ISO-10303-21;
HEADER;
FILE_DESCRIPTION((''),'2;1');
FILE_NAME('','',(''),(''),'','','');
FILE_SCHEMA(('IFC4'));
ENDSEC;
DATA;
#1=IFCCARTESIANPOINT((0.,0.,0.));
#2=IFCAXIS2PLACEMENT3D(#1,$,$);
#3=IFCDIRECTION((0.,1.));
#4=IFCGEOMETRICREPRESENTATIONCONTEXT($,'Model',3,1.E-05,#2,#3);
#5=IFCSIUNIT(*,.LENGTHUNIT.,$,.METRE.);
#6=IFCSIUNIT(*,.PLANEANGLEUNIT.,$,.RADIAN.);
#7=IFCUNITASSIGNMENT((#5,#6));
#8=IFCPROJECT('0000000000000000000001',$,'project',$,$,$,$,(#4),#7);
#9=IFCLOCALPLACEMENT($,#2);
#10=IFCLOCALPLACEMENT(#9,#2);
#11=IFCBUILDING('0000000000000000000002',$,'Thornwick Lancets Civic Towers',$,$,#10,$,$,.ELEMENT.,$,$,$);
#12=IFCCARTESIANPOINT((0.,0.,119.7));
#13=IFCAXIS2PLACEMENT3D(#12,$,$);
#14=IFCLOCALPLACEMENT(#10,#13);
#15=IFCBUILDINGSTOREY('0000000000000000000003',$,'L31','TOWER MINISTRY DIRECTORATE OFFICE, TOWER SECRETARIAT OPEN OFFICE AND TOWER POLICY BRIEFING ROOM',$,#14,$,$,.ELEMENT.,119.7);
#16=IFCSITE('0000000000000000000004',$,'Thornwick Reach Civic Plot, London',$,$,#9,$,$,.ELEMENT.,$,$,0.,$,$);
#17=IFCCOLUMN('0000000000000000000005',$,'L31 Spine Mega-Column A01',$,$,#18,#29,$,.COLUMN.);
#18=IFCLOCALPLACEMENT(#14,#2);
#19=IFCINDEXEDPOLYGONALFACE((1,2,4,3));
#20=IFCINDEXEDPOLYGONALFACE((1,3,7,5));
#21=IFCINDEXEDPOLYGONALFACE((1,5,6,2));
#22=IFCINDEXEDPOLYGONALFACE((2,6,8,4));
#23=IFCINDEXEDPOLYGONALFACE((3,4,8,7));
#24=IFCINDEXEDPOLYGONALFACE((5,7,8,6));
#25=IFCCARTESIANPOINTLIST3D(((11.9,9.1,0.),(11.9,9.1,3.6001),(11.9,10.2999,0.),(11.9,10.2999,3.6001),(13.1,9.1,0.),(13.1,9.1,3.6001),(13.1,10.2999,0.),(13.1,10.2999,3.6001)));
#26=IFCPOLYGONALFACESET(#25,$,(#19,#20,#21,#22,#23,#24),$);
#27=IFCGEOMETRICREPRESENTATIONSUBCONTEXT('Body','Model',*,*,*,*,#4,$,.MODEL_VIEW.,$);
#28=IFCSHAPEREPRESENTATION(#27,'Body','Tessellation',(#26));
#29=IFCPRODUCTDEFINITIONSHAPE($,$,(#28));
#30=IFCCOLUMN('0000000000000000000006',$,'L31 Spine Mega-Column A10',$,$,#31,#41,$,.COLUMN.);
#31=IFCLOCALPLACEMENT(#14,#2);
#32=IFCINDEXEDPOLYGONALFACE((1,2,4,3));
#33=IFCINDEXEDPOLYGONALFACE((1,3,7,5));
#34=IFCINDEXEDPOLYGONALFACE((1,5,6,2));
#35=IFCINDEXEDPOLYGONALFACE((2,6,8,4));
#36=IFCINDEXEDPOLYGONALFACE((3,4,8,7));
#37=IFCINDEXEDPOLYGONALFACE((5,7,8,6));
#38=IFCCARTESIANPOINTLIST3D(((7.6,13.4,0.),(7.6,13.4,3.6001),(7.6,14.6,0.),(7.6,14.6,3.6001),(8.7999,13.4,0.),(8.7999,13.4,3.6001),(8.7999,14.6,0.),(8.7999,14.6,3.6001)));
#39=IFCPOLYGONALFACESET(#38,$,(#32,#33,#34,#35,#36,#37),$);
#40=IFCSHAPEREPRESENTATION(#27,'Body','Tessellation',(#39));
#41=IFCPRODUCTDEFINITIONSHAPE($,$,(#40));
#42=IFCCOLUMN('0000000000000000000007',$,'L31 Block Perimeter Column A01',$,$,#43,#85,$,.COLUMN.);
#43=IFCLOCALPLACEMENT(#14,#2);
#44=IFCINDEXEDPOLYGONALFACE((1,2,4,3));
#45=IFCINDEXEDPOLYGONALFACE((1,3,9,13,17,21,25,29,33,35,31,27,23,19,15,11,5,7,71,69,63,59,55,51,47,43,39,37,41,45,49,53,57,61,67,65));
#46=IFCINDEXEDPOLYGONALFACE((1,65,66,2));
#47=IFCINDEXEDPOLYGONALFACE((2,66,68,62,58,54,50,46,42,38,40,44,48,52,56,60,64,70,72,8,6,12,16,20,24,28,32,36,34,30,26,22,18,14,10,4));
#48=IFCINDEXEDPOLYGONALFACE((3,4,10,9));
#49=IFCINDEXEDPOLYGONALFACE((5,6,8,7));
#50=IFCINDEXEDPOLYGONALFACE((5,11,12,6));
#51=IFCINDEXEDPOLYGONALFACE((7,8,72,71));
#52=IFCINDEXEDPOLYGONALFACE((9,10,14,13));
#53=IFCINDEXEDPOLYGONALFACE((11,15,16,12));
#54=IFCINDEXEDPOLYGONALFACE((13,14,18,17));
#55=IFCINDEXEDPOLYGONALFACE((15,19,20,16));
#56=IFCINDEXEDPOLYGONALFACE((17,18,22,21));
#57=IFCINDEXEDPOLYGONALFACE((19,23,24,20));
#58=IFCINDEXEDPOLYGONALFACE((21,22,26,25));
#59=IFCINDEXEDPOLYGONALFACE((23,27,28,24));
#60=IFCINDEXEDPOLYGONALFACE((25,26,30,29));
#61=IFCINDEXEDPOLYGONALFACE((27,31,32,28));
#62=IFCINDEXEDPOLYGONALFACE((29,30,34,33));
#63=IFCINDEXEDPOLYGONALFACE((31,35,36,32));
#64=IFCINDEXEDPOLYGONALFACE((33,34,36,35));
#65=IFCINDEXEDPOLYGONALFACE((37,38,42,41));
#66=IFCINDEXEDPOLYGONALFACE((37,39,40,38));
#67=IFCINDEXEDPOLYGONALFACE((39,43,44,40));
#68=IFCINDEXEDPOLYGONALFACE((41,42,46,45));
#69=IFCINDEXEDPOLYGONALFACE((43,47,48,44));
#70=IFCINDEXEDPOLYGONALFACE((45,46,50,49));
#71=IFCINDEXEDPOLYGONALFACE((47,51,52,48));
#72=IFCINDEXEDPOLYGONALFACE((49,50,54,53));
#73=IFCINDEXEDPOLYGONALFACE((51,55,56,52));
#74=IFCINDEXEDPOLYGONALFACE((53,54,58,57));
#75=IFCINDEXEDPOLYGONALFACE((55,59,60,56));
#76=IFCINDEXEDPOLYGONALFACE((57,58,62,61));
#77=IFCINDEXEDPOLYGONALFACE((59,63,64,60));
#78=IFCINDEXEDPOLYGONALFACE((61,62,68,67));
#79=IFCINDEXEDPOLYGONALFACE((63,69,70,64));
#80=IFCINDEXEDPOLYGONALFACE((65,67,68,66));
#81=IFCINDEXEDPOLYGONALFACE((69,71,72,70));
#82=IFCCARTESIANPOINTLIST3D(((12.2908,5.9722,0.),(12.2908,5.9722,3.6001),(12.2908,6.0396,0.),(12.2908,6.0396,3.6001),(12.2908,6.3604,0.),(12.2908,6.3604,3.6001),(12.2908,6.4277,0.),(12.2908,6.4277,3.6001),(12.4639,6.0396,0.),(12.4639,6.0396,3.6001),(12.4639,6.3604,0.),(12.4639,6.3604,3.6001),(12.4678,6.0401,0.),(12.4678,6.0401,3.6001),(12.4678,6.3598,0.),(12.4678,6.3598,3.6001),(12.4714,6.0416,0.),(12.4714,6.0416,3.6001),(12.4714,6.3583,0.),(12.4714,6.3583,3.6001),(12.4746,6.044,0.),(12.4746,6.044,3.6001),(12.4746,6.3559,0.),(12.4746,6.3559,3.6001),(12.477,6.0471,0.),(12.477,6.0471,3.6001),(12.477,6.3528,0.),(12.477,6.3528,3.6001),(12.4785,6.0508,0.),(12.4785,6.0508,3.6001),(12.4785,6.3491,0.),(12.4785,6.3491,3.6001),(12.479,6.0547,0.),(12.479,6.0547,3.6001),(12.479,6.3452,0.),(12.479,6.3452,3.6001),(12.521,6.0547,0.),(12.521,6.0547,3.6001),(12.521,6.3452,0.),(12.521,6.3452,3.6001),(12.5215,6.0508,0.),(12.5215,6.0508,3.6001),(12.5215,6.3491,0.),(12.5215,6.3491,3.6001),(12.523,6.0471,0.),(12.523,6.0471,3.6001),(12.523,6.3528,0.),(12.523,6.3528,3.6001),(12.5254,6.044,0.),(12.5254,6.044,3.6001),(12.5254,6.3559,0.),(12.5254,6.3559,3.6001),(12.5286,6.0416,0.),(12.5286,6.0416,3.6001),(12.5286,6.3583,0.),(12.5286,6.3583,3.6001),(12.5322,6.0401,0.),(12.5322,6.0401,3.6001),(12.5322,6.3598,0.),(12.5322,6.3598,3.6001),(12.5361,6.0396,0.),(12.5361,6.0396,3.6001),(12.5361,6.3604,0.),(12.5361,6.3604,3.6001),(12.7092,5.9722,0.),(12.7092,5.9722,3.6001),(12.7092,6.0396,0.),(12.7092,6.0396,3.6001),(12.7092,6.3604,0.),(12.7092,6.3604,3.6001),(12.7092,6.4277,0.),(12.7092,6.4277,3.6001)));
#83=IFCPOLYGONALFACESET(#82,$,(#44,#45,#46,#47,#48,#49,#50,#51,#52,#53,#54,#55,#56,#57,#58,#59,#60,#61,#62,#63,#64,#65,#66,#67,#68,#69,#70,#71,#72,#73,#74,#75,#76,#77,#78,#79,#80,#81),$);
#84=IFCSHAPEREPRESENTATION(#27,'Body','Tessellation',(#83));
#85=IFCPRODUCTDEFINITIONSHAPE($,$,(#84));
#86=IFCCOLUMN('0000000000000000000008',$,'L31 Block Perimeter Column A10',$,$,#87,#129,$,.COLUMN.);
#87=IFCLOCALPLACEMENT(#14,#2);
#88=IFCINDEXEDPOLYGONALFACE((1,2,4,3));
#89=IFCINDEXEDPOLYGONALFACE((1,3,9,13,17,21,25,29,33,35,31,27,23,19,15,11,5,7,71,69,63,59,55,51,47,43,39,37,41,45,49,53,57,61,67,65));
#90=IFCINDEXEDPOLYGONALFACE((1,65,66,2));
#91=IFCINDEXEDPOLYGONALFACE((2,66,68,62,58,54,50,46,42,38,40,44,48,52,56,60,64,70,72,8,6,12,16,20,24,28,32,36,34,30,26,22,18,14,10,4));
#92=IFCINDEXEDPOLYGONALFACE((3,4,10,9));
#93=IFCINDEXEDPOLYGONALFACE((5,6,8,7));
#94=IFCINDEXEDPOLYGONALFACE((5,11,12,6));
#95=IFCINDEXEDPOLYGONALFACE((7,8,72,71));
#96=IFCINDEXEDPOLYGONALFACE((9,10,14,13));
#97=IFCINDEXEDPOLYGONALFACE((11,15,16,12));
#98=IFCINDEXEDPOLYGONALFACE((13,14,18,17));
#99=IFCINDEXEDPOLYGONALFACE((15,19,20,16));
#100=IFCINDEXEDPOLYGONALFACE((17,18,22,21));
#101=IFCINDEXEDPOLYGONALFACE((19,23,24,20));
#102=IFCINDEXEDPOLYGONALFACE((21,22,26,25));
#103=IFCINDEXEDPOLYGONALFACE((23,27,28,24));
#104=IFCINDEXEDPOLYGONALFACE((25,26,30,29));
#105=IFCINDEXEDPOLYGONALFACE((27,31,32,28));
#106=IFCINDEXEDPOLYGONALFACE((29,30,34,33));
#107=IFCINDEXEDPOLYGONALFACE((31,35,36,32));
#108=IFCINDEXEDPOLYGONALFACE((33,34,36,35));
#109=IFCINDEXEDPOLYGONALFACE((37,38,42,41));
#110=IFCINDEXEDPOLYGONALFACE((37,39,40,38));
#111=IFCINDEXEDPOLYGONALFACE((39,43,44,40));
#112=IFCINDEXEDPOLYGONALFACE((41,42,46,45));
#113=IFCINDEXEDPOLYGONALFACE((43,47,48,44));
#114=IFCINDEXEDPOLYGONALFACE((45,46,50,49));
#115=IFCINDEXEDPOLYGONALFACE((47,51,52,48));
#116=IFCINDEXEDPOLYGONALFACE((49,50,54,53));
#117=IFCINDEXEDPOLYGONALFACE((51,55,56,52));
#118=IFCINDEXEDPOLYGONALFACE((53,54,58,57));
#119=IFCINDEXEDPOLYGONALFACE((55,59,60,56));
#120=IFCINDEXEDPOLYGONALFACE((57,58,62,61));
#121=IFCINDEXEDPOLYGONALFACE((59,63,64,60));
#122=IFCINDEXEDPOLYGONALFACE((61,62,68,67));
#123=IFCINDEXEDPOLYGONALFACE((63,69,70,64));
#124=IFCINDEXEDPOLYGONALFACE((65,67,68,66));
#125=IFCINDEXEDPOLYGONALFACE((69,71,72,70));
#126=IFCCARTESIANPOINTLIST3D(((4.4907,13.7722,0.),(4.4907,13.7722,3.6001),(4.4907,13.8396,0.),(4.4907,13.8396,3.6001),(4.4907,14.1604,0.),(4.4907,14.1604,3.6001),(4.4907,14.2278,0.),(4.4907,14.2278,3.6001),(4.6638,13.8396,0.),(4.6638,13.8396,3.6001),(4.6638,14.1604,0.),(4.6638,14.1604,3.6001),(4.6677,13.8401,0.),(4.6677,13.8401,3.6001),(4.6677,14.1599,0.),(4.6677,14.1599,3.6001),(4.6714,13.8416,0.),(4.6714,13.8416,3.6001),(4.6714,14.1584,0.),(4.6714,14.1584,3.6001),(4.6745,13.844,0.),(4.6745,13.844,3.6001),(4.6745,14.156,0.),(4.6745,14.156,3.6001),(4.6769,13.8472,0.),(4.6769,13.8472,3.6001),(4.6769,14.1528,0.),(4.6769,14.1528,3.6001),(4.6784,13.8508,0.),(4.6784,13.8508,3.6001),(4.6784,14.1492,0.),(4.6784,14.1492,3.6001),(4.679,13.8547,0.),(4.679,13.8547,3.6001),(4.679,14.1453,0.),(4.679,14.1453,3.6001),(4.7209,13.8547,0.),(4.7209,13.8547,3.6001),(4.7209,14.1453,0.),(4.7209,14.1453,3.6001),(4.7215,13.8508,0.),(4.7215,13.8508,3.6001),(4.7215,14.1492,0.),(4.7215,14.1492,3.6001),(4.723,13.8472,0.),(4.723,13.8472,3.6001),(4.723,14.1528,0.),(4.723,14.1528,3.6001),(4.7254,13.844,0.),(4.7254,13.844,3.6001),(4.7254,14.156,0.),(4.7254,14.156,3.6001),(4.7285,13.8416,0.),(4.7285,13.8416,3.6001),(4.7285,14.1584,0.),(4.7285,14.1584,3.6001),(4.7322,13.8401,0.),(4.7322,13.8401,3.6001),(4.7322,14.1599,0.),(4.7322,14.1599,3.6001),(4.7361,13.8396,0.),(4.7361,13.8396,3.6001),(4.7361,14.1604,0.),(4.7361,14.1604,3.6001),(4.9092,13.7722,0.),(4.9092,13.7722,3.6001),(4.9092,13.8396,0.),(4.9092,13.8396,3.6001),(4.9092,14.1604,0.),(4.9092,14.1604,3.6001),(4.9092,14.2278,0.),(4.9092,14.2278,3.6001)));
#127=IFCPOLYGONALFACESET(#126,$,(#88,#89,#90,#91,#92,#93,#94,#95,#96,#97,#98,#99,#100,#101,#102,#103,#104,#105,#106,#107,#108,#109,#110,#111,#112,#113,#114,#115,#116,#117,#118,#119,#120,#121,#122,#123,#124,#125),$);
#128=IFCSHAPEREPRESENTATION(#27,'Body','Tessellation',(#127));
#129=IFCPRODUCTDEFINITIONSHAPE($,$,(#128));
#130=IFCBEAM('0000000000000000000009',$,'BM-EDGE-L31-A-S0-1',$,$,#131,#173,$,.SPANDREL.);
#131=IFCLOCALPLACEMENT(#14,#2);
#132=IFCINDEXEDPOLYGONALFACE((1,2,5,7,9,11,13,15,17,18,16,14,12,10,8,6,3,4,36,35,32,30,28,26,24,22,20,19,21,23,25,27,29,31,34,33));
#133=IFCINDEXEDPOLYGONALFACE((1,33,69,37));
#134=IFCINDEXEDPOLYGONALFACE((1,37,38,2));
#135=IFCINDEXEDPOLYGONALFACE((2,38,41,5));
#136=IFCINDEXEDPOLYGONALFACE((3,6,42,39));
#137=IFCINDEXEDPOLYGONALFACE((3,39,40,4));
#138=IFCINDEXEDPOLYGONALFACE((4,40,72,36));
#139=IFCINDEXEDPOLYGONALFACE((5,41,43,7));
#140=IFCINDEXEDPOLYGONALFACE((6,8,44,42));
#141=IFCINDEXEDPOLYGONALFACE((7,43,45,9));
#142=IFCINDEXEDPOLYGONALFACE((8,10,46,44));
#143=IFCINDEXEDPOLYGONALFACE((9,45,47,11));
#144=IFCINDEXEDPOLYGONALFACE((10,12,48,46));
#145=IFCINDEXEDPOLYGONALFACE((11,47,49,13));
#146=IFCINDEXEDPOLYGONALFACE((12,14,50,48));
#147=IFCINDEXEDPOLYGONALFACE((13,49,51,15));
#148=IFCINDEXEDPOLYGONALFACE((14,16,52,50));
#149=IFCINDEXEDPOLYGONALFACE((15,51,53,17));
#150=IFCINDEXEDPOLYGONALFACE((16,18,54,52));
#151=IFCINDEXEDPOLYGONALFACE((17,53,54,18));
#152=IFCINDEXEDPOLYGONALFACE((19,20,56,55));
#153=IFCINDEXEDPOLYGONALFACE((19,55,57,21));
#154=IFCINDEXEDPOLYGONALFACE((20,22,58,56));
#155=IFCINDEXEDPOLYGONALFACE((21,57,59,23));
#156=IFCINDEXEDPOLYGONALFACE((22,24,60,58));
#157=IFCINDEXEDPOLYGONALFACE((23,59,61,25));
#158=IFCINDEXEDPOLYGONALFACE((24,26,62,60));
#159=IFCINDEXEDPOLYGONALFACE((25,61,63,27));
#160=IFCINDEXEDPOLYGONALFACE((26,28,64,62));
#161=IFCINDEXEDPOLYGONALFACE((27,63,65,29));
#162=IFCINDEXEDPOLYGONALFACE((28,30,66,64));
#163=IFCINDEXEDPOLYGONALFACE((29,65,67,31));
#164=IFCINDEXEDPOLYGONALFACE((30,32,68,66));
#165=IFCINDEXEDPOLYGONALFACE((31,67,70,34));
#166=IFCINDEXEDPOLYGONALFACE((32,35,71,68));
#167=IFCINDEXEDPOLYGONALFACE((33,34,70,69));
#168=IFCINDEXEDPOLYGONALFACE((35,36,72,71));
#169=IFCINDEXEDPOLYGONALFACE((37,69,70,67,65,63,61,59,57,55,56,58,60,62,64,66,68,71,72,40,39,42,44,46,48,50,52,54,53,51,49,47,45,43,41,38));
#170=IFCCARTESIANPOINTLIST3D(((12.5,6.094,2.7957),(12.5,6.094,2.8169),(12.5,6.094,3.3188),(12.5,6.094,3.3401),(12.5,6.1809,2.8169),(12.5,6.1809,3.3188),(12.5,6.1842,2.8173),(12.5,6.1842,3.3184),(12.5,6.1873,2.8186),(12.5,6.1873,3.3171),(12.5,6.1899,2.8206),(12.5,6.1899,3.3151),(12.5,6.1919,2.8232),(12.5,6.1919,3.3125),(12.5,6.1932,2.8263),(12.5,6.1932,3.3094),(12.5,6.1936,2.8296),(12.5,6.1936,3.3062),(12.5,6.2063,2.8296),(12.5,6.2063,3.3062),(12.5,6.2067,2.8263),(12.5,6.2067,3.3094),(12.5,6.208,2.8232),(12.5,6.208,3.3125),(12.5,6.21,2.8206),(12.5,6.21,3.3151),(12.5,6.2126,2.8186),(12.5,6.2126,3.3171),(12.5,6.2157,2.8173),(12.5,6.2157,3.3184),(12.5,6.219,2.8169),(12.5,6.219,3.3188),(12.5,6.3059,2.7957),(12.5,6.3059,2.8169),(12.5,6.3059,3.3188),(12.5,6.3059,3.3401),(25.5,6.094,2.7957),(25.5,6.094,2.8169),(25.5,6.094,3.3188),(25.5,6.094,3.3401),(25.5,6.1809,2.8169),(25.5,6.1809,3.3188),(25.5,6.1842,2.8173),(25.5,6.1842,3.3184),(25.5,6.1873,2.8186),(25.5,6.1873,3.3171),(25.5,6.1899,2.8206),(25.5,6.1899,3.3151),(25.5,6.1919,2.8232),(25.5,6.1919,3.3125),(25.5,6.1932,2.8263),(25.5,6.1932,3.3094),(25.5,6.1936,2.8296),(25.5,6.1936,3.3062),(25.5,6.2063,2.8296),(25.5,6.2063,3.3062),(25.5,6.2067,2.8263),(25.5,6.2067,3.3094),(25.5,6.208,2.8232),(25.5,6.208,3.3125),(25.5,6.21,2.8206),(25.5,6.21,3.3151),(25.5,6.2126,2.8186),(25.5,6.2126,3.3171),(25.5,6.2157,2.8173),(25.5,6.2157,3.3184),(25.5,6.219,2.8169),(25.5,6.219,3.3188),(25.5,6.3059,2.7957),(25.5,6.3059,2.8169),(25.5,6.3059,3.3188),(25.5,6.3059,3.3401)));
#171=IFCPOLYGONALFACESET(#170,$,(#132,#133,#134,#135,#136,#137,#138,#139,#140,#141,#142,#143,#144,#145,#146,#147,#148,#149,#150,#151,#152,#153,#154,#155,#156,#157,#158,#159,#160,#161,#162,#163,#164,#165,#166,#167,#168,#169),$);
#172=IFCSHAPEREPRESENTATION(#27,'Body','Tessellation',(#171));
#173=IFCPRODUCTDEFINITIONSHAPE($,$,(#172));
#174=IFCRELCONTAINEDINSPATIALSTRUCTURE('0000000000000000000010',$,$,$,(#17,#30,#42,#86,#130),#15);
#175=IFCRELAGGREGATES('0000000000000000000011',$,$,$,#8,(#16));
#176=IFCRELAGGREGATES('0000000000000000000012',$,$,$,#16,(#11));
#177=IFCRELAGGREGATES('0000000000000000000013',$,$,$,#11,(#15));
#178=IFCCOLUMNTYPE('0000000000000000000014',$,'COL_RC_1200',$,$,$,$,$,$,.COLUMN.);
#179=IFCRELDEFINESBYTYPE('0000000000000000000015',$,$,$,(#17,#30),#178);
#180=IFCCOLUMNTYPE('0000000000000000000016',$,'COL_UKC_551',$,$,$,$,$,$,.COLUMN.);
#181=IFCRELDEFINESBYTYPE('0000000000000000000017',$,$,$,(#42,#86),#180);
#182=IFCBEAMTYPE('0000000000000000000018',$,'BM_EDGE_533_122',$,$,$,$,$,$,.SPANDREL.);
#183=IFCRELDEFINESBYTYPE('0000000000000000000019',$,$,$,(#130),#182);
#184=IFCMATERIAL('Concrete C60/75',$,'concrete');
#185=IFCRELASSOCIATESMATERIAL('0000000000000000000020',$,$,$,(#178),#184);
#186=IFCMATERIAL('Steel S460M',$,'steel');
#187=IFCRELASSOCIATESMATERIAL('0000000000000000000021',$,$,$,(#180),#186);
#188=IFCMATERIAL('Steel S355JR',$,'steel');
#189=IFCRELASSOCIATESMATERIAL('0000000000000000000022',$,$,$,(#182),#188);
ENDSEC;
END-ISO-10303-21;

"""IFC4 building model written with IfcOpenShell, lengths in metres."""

from ifc_helpers import new_model, si_unit, direction, frame, origin, origin_2d, place, context, subcontext, project, spatial, rectangle, i_section, extrude, material, material_profile, profile_set, type_object, element, save


model = new_model("IFC4")

# Units and contexts
model_context = context("Model", 3, precision=1e-05, world=origin(), true_north=direction((0.0, 1.0)))
body_context = subcontext(model_context, "Body", "Model", "MODEL_VIEW")
ifc_project = project(units=[si_unit("LENGTHUNIT", "METRE"), si_unit("PLANEANGLEUNIT", "RADIAN")], contexts=[model_context])

# Site, building, storey
site_placement = place(None, origin())
site = spatial("IfcSite", under=ifc_project, at=site_placement, Name="Thornwick Reach Civic Plot, London", CompositionType="ELEMENT", RefElevation=0.0)
building_placement = place(site_placement, origin())
building = spatial("IfcBuilding", under=site, at=building_placement, Name="Thornwick Lancets Civic Towers", CompositionType="ELEMENT")
storey_placement = place(building_placement, frame((0.0, 0.0, 119.7)))
storey = spatial("IfcBuildingStorey", under=building, at=storey_placement, Name="L31", Description="TOWER MINISTRY DIRECTORATE OFFICE, TOWER SECRETARIAT OPEN OFFICE AND TOWER POLICY BRIEFING ROOM", CompositionType="ELEMENT", Elevation=119.7)

# Columns
ifc_material_1 = material(Name="Concrete C60/75", Category="concrete")
ifc_material_profile_1 = material_profile(ifc_material_1, rectangle(XDim=1.2, YDim=1.2, at=origin_2d()), Name="RC 1200x1200")
ifc_profile_set_1 = profile_set([ifc_material_profile_1], Name="Concrete C60/75")
column_type_1 = type_object("IfcColumnType", Name="COL_RC_1200", PredefinedType="COLUMN", material=ifc_profile_set_1)
for number, where, z_axis, x_axis, name in (
    (1, (12.5, 9.7, 0.0), (0.0, 0.0, 1.0), (1.0, 0.0, 0.0), "L31 Spine Mega-Column A01"),
    (2, (8.2, 14.0, 0.0), (0.0, 0.0, 1.0), (1.0, 0.0, 0.0), "L31 Spine Mega-Column A10"),
):
    element("IfcColumn", number, at=place(storey_placement, frame(where, z_axis=z_axis, x_axis=x_axis)), inside=storey, type_object=column_type_1, Name=name, PredefinedType="COLUMN", context=body_context, shape_type="SweptSolid", body=[
        extrude(rectangle(XDim=1.2, YDim=1.2, at=origin_2d()), origin(), (0.0, 0.0, 1.0), 3.6001),
    ])
ifc_material_2 = material(Name="Steel S460M", Category="steel")
ifc_material_profile_2 = material_profile(ifc_material_2, i_section(OverallWidth=0.4185, OverallDepth=0.4556, WebThickness=0.042, FlangeThickness=0.0674, FilletRadius=0.0151, at=origin_2d()), Name="UKC 356x406x551")
ifc_profile_set_2 = profile_set([ifc_material_profile_2], Name="Steel S460M")
column_type_2 = type_object("IfcColumnType", Name="COL_UKC_551", PredefinedType="COLUMN", material=ifc_profile_set_2)
for number, where, z_axis, x_axis, name in (
    (3, (12.5, 6.2, 0.0), (0.0, 0.0, 1.0), (1.0, 0.0, 0.0), "L31 Block Perimeter Column A01"),
    (4, (4.7, 14.0, 0.0), (0.0, 0.0, 1.0), (1.0, 0.0, 0.0), "L31 Block Perimeter Column A10"),
):
    element("IfcColumn", number, at=place(storey_placement, frame(where, z_axis=z_axis, x_axis=x_axis)), inside=storey, type_object=column_type_2, Name=name, PredefinedType="COLUMN", context=body_context, shape_type="SweptSolid", body=[
        extrude(i_section(OverallWidth=0.4185, OverallDepth=0.4556, WebThickness=0.042, FlangeThickness=0.0674, FilletRadius=0.0151, at=origin_2d()), origin(), (0.0, 0.0, 1.0), 3.6001),
    ])

# Beam
ifc_material_3 = material(Name="Steel S355JR", Category="steel")
ifc_material_profile_3 = material_profile(ifc_material_3, i_section(OverallWidth=0.2119, OverallDepth=0.5444, WebThickness=0.0127, FlangeThickness=0.0212, FilletRadius=0.0127, at=origin_2d()), Name="UKB 533x210x122")
ifc_profile_set_3 = profile_set([ifc_material_profile_3], Name="Steel S355JR")
beam_type_1 = type_object("IfcBeamType", Name="BM_EDGE_533_122", PredefinedType="SPANDREL", material=ifc_profile_set_3)
for number, where, z_axis, x_axis, name in (
    (5, (12.5, 6.2, 3.0679), (1.0, 0.0, 0.0), (0.0, 1.0, 0.0), "BM-EDGE-L31-A-S0-1"),
):
    element("IfcBeam", number, at=place(storey_placement, frame(where, z_axis=z_axis, x_axis=x_axis)), inside=storey, type_object=beam_type_1, Name=name, PredefinedType="SPANDREL", context=body_context, shape_type="SweptSolid", body=[
        extrude(i_section(OverallWidth=0.2119, OverallDepth=0.5444, WebThickness=0.0127, FlangeThickness=0.0212, FilletRadius=0.0127, at=origin_2d()), origin(), (0.0, 0.0, 1.0), 13.0),
    ])

save(model, "model.ifc")
